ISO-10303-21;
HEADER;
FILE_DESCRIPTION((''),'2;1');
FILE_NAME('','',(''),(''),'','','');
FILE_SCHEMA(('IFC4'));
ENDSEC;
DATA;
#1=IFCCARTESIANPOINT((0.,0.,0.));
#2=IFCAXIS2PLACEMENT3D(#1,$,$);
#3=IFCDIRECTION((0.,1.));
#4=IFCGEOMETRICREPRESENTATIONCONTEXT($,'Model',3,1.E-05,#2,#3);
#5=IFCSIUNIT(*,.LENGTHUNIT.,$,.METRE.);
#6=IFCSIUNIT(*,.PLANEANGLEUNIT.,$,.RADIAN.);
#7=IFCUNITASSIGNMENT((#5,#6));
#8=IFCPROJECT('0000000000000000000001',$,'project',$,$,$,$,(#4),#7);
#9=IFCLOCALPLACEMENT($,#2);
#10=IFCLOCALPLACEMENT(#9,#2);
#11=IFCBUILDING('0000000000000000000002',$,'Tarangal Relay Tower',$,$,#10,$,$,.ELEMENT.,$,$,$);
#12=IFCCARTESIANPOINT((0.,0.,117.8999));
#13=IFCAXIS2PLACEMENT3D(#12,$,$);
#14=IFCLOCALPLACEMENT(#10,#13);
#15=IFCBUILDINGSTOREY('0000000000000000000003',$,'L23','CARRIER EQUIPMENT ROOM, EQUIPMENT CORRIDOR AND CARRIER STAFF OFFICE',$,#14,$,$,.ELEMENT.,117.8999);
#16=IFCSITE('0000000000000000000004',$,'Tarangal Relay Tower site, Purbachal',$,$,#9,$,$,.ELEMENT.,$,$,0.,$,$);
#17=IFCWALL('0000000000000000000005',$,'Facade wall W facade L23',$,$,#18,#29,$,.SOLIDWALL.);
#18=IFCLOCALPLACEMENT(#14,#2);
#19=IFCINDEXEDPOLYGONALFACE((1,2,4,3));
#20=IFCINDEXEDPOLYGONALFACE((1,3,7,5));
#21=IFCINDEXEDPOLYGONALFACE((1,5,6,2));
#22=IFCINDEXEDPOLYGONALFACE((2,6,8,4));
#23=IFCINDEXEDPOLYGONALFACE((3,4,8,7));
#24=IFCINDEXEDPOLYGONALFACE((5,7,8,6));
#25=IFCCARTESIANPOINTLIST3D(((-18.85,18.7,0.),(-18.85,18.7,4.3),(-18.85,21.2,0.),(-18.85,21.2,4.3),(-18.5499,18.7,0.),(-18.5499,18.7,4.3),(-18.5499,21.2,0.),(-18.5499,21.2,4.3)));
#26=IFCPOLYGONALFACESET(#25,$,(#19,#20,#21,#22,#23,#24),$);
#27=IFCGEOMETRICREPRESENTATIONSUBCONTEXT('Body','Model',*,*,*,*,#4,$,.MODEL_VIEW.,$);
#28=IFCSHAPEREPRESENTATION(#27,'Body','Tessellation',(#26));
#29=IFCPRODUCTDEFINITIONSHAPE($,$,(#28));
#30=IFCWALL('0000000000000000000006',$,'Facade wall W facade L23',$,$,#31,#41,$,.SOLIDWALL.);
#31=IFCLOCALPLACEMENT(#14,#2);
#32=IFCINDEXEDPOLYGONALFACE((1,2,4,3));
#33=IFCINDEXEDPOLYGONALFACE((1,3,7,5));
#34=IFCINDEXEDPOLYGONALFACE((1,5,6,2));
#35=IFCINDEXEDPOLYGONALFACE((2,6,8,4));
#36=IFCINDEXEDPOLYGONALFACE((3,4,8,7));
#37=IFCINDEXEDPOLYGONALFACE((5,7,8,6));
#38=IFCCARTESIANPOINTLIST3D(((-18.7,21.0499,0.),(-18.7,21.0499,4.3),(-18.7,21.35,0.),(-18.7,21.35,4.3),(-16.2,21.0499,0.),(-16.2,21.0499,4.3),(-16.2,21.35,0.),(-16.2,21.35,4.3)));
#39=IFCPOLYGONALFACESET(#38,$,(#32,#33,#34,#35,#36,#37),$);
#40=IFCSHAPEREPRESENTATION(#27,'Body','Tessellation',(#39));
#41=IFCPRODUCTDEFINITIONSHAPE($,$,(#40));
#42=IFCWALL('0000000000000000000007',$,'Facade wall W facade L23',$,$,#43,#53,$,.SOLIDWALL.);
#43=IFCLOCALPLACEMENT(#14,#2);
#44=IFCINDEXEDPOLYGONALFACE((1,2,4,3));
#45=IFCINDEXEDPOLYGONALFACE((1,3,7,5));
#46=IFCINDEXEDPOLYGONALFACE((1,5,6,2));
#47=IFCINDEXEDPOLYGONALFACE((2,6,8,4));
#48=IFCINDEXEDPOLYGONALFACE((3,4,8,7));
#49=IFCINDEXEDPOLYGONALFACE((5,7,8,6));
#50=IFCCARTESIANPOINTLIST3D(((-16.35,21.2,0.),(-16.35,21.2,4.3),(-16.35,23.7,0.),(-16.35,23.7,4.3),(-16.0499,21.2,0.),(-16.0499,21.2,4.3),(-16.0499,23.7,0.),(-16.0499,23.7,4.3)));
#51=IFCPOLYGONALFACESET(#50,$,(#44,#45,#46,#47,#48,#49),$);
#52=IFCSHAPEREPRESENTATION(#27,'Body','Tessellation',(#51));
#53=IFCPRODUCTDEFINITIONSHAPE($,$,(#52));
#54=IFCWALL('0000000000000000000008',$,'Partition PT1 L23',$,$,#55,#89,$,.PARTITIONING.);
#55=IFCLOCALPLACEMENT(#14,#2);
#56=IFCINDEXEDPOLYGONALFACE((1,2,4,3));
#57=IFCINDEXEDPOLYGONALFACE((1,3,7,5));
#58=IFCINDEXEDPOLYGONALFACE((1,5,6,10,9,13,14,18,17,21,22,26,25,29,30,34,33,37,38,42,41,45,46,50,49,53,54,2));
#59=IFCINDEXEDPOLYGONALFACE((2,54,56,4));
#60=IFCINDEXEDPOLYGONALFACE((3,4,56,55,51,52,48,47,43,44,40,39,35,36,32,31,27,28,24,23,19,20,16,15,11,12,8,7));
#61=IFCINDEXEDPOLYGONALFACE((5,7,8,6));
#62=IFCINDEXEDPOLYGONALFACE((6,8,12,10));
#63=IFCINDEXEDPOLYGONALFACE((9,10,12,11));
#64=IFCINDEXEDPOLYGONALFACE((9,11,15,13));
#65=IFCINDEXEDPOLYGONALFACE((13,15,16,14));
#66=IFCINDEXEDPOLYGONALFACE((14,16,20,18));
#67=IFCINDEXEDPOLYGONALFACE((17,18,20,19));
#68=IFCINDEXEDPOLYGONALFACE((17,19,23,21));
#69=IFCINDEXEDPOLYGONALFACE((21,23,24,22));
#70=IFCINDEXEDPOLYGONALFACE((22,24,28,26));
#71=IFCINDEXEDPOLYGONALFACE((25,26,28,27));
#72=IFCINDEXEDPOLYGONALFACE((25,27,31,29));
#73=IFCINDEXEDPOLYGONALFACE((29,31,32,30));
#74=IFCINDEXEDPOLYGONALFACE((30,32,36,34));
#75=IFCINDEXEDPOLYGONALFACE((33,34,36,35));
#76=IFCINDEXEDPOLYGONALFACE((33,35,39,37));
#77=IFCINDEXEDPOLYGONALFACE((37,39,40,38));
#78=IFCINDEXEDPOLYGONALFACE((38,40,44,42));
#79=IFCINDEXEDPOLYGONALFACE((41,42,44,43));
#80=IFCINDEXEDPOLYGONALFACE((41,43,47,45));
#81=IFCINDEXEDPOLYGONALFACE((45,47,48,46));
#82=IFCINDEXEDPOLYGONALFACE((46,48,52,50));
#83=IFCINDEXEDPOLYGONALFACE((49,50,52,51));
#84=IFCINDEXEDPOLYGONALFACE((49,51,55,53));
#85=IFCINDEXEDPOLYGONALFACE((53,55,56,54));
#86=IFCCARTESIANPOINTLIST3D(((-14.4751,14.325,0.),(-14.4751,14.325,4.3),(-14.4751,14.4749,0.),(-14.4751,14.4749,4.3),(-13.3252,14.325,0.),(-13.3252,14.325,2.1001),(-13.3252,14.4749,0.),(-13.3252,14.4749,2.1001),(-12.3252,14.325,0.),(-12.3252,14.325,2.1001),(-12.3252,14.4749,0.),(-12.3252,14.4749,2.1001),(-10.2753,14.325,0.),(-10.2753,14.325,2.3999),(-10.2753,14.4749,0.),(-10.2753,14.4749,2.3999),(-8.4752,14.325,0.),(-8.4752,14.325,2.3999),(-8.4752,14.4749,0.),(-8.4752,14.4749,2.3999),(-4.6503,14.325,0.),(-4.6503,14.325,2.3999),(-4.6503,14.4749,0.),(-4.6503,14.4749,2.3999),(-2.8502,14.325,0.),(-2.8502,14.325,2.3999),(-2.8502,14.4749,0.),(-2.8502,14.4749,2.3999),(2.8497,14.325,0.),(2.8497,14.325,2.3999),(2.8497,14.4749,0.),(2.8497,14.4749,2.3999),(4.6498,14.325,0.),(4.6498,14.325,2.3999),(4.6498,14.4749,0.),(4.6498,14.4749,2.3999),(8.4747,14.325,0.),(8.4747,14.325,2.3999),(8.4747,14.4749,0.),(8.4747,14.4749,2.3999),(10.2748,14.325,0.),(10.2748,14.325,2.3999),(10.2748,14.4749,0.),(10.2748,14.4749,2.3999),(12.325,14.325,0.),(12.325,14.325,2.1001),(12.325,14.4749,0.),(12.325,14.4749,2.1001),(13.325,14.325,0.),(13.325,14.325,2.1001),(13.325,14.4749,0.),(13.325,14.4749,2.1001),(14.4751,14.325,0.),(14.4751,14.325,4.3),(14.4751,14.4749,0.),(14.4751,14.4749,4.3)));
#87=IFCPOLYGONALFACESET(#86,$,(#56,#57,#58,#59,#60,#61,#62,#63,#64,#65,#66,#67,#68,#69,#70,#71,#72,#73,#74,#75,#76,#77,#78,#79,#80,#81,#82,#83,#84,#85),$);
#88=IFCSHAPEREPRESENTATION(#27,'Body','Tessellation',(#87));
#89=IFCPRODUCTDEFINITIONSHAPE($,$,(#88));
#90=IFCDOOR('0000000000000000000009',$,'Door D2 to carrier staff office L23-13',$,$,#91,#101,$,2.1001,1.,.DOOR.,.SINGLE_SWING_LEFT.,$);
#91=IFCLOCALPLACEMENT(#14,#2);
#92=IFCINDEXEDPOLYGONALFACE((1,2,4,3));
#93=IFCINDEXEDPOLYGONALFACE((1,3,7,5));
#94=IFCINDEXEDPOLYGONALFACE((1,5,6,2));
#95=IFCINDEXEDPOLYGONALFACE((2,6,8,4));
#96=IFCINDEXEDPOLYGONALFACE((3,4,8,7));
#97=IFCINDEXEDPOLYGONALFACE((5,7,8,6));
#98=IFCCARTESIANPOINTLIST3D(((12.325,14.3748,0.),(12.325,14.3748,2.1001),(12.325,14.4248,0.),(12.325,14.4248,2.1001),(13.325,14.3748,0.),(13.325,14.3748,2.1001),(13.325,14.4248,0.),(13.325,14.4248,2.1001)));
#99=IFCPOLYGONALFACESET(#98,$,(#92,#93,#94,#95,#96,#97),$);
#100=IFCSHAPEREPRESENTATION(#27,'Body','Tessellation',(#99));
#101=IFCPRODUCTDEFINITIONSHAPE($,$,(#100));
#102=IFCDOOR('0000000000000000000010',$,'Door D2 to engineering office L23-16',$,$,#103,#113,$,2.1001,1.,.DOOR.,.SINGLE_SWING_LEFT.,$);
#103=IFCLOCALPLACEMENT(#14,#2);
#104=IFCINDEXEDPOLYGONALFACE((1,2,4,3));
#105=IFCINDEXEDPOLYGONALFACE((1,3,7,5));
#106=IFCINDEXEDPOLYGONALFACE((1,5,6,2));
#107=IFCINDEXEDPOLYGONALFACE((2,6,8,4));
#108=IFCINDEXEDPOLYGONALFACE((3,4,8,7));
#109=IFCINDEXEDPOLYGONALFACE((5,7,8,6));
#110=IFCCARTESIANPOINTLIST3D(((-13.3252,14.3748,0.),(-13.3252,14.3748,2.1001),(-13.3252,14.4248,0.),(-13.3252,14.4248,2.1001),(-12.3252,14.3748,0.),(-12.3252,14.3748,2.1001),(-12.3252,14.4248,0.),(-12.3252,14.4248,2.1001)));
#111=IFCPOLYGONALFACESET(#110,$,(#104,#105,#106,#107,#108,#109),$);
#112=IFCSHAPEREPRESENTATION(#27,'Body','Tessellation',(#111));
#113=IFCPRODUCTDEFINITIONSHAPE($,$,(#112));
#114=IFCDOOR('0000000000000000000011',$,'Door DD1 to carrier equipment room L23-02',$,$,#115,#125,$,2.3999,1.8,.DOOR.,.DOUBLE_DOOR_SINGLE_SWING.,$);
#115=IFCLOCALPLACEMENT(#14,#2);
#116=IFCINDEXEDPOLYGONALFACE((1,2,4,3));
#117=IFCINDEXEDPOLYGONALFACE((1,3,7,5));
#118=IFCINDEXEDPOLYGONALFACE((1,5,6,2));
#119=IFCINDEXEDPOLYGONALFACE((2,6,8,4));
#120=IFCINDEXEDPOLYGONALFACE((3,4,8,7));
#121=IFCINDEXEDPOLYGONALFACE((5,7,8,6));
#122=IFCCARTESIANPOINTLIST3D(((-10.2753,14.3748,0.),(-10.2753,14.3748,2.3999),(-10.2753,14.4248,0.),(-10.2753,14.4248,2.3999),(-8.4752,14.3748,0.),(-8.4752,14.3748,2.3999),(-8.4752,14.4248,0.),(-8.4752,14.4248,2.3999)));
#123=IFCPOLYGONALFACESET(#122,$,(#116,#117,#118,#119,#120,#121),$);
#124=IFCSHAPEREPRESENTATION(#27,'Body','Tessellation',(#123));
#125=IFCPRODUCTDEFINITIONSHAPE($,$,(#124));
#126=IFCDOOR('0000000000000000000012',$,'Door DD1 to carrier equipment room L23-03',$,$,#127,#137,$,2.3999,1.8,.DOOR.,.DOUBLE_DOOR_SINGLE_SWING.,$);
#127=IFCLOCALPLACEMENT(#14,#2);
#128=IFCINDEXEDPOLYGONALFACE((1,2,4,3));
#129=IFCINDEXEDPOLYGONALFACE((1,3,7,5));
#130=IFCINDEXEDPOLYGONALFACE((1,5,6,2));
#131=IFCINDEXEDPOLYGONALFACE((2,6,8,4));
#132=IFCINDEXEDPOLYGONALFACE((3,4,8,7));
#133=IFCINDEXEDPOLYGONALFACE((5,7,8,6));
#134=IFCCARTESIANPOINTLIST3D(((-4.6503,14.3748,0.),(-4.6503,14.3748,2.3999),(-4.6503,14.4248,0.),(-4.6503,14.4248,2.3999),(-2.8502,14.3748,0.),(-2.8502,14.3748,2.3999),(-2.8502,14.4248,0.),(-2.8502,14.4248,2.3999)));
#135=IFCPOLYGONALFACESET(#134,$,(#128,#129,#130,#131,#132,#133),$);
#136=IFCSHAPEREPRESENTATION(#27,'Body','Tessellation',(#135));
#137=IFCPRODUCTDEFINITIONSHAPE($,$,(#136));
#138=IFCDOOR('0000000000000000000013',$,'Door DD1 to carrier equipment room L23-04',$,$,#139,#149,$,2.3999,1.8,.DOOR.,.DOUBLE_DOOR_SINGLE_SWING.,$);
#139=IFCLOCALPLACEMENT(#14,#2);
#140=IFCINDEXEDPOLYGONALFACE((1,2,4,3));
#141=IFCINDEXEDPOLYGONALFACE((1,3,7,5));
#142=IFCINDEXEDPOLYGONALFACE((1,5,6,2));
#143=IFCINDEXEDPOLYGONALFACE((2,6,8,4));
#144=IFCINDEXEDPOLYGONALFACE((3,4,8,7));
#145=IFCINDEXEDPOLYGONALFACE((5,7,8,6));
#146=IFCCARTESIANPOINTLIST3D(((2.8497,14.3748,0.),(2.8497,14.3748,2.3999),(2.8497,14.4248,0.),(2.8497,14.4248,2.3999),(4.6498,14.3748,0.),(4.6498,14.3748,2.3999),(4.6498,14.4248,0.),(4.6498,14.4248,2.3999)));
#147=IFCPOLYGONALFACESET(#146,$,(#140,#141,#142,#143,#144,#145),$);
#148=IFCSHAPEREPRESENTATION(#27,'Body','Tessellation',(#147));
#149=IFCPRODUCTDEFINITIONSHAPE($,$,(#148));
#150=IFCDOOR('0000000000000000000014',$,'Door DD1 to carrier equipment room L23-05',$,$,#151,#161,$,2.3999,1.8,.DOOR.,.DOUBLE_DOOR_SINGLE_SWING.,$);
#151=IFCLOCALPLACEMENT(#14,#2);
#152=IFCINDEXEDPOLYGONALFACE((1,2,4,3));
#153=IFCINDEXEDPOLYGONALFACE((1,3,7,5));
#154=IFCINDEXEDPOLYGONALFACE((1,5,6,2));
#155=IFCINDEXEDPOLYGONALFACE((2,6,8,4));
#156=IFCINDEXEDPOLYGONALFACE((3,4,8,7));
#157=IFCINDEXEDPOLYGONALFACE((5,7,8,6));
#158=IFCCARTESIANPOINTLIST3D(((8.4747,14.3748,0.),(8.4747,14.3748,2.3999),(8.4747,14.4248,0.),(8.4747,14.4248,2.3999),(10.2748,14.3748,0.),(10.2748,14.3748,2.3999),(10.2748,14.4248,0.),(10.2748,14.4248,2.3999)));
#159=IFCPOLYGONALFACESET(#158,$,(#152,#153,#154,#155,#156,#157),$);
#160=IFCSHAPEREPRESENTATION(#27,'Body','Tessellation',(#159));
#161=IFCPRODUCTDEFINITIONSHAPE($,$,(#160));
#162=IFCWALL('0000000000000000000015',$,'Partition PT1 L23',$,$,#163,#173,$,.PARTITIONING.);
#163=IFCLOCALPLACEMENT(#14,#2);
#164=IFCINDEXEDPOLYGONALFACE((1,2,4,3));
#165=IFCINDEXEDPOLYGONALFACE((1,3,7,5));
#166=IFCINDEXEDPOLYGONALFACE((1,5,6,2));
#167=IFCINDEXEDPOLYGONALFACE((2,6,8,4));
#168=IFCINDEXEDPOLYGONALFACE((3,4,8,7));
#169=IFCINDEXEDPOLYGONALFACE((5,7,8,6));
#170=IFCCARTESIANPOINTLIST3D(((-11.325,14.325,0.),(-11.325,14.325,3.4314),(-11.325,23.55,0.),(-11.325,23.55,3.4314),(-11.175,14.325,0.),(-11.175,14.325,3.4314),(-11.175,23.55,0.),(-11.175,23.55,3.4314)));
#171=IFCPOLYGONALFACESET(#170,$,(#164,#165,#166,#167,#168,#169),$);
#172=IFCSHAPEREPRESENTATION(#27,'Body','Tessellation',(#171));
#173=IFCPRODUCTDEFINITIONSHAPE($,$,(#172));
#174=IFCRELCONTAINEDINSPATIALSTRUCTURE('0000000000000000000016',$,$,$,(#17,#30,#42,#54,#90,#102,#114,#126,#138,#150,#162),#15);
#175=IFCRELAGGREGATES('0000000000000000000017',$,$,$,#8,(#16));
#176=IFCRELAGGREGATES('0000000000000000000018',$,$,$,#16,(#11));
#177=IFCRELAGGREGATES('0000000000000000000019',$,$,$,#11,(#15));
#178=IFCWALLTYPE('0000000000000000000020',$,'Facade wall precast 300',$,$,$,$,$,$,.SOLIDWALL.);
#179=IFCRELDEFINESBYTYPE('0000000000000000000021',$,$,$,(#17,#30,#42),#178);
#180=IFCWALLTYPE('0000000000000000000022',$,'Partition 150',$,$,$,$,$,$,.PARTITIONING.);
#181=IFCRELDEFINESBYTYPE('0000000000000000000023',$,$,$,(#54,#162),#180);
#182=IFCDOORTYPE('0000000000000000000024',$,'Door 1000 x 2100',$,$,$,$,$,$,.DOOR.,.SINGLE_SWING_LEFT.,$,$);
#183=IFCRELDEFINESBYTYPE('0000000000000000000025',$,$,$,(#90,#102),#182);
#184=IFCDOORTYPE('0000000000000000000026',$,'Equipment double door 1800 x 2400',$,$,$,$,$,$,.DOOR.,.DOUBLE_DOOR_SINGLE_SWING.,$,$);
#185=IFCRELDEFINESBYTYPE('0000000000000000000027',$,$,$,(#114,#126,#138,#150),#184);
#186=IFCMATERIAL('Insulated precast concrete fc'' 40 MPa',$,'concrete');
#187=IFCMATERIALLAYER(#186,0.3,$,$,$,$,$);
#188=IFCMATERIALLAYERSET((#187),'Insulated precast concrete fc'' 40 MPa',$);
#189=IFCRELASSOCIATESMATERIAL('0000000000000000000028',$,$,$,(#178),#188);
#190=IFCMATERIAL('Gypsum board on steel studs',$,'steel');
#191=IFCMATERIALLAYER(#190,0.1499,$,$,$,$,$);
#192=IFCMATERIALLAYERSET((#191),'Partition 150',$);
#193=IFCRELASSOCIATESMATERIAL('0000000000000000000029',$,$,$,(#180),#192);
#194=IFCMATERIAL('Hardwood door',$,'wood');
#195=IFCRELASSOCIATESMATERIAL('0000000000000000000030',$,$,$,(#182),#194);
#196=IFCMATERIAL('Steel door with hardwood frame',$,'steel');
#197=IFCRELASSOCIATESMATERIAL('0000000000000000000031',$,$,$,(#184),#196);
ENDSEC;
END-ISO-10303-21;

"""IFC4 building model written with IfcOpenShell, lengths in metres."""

from ifc_helpers import new_model, si_unit, direction, frame, frame_2d, origin, place, context, subcontext, project, spatial, rectangle, extrude, material, layer, layer_set, type_object, element, fill, save


model = new_model("IFC4")

# Units and contexts
model_context = context("Model", 3, precision=1e-05, world=origin(), true_north=direction((0.0, 1.0)))
body_context = subcontext(model_context, "Body", "Model", "MODEL_VIEW")
ifc_project = project(units=[si_unit("LENGTHUNIT", "METRE"), si_unit("PLANEANGLEUNIT", "RADIAN")], contexts=[model_context])

# Site, building, storey
site_placement = place(None, origin())
site = spatial("IfcSite", under=ifc_project, at=site_placement, Name="Tarangal Relay Tower site, Purbachal", CompositionType="ELEMENT", RefElevation=0.0)
building_placement = place(site_placement, origin())
building = spatial("IfcBuilding", under=site, at=building_placement, Name="Tarangal Relay Tower", CompositionType="ELEMENT")
storey_placement = place(building_placement, frame((0.0, 0.0, 117.8999)))
storey = spatial("IfcBuildingStorey", under=building, at=storey_placement, Name="L23", Description="CARRIER EQUIPMENT ROOM, EQUIPMENT CORRIDOR AND CARRIER STAFF OFFICE", CompositionType="ELEMENT", Elevation=117.8999)

# Shared definitions
ifc_material_1 = material(Name="Insulated precast concrete fc' 40 MPa", Category="concrete")
ifc_layer_1 = layer(ifc_material_1, 0.3)
ifc_layer_set_1 = layer_set([ifc_layer_1], Name="Insulated precast concrete fc' 40 MPa")
wall_type_1 = type_object("IfcWallType", Name="Facade wall precast 300", PredefinedType="SOLIDWALL", material=ifc_layer_set_1)

# Walls
for number, where, z_axis, x_axis, name in (
    (1, (-18.7, 18.7, 0.0), (0.0, 0.0, 1.0), (0.0, 1.0, 0.0), "Facade wall W facade L23"),
    (2, (-18.7, 21.2, 0.0), (0.0, 0.0, 1.0), (1.0, 0.0, 0.0), "Facade wall W facade L23"),
    (3, (-16.2, 21.2, 0.0), (0.0, 0.0, 1.0), (0.0, 1.0, 0.0), "Facade wall W facade L23"),
):
    element("IfcWall", number, at=place(storey_placement, frame(where, z_axis=z_axis, x_axis=x_axis)), inside=storey, type_object=wall_type_1, Name=name, PredefinedType="SOLIDWALL", context=body_context, shape_type="SweptSolid", body=[
        extrude(rectangle(XDim=2.5, YDim=0.3, at=frame_2d((1.25, 0.0))), origin(), (0.0, 0.0, 1.0), 4.3),
    ])

# Wall, openings, doors
ifc_material_2 = material(Name="Gypsum board on steel studs", Category="steel")
ifc_layer_2 = layer(ifc_material_2, 0.1499)
ifc_layer_set_2 = layer_set([ifc_layer_2], Name="Partition 150")
wall_type_2 = type_object("IfcWallType", Name="Partition 150", PredefinedType="PARTITIONING", material=ifc_layer_set_2)
wall_1_placement = place(storey_placement, frame((-14.4751, 14.3999, 0.0), z_axis=(0.0, 0.0, 1.0), x_axis=(1.0, 0.0, 0.0)))
wall_1 = element("IfcWall", 4, at=wall_1_placement, inside=storey, type_object=wall_type_2, Name="Partition PT1 L23", PredefinedType="PARTITIONING", context=body_context, shape_type="SweptSolid", body=[
    extrude(rectangle(XDim=28.9502, YDim=0.1499, at=frame_2d((14.4751, 0.0))), origin(), (0.0, 0.0, 1.0), 4.3),
])
opening_1_placement = place(wall_1_placement, frame((4.2, 0.0, 0.0)))
opening_1 = element("IfcOpeningElement", 5, at=opening_1_placement, cuts=wall_1, PredefinedType="OPENING", context=body_context, shape_type="SweptSolid", body=[
    extrude(rectangle(XDim=1.8, YDim=2.3999, at=frame_2d((0.8999, 1.2))), frame((0.0, 0.085, 0.0), z_axis=(0.0, -1.0, 0.0), x_axis=(1.0, 0.0, 0.0)), (0.0, 0.0, 1.0), 0.1699),
])
opening_2_placement = place(wall_1_placement, frame((9.825, 0.0, 0.0)))
opening_2 = element("IfcOpeningElement", 6, at=opening_2_placement, cuts=wall_1, PredefinedType="OPENING", context=body_context, shape_type="SweptSolid", body=[
    extrude(rectangle(XDim=1.8, YDim=2.3999, at=frame_2d((0.8999, 1.2))), frame((0.0, 0.085, 0.0), z_axis=(0.0, -1.0, 0.0), x_axis=(1.0, 0.0, 0.0)), (0.0, 0.0, 1.0), 0.1699),
])
opening_3_placement = place(wall_1_placement, frame((17.325, 0.0, 0.0)))
opening_3 = element("IfcOpeningElement", 7, at=opening_3_placement, cuts=wall_1, PredefinedType="OPENING", context=body_context, shape_type="SweptSolid", body=[
    extrude(rectangle(XDim=1.8, YDim=2.3999, at=frame_2d((0.8999, 1.2))), frame((0.0, 0.085, 0.0), z_axis=(0.0, -1.0, 0.0), x_axis=(1.0, 0.0, 0.0)), (0.0, 0.0, 1.0), 0.1699),
])
opening_4_placement = place(wall_1_placement, frame((22.95, 0.0, 0.0)))
opening_4 = element("IfcOpeningElement", 8, at=opening_4_placement, cuts=wall_1, PredefinedType="OPENING", context=body_context, shape_type="SweptSolid", body=[
    extrude(rectangle(XDim=1.8, YDim=2.3999, at=frame_2d((0.8999, 1.2))), frame((0.0, 0.085, 0.0), z_axis=(0.0, -1.0, 0.0), x_axis=(1.0, 0.0, 0.0)), (0.0, 0.0, 1.0), 0.1699),
])
opening_5_placement = place(wall_1_placement, frame((26.8, 0.0, 0.0)))
opening_5 = element("IfcOpeningElement", 9, at=opening_5_placement, cuts=wall_1, PredefinedType="OPENING", context=body_context, shape_type="SweptSolid", body=[
    extrude(rectangle(XDim=1.0, YDim=2.1001, at=frame_2d((0.5, 1.05))), frame((0.0, 0.085, 0.0), z_axis=(0.0, -1.0, 0.0), x_axis=(1.0, 0.0, 0.0)), (0.0, 0.0, 1.0), 0.1699),
])
opening_6_placement = place(wall_1_placement, frame((1.1499, 0.0, 0.0)))
opening_6 = element("IfcOpeningElement", 10, at=opening_6_placement, cuts=wall_1, PredefinedType="OPENING", context=body_context, shape_type="SweptSolid", body=[
    extrude(rectangle(XDim=1.0, YDim=2.1001, at=frame_2d((0.5, 1.05))), frame((0.0, 0.085, 0.0), z_axis=(0.0, -1.0, 0.0), x_axis=(1.0, 0.0, 0.0)), (0.0, 0.0, 1.0), 0.1699),
])
ifc_material_3 = material(Name="Hardwood door", Category="wood")
door_type_1 = type_object("IfcDoorType", Name="Door 1000 x 2100", OperationType="SINGLE_SWING_LEFT", PredefinedType="DOOR", material=ifc_material_3)
door_1_placement = place(opening_5_placement, origin())
door_1 = element("IfcDoor", 11, at=door_1_placement, inside=storey, type_object=door_type_1, Name="Door D2 to carrier staff office L23-13", OperationType="SINGLE_SWING_LEFT", OverallHeight=2.1001, OverallWidth=1.0, PredefinedType="DOOR", context=body_context, shape_type="SweptSolid", body=[
    extrude(rectangle(XDim=1.0, YDim=2.1001, at=frame_2d((0.5, 1.05))), frame((0.0, 0.0249, 0.0), z_axis=(0.0, -1.0, 0.0), x_axis=(1.0, 0.0, 0.0)), (0.0, 0.0, 1.0), 0.05),
])
fill(opening_5, door_1)
door_2_placement = place(opening_6_placement, origin())
door_2 = element("IfcDoor", 12, at=door_2_placement, inside=storey, type_object=door_type_1, Name="Door D2 to engineering office L23-16", OperationType="SINGLE_SWING_LEFT", OverallHeight=2.1001, OverallWidth=1.0, PredefinedType="DOOR", context=body_context, shape_type="SweptSolid", body=[
    extrude(rectangle(XDim=1.0, YDim=2.1001, at=frame_2d((0.5, 1.05))), frame((0.0, 0.0249, 0.0), z_axis=(0.0, -1.0, 0.0), x_axis=(1.0, 0.0, 0.0)), (0.0, 0.0, 1.0), 0.05),
])
fill(opening_6, door_2)
ifc_material_4 = material(Name="Steel door with hardwood frame", Category="steel")
door_type_2 = type_object("IfcDoorType", Name="Equipment double door 1800 x 2400", OperationType="DOUBLE_DOOR_SINGLE_SWING", PredefinedType="DOOR", material=ifc_material_4)
door_3_placement = place(opening_1_placement, origin())
door_3 = element("IfcDoor", 13, at=door_3_placement, inside=storey, type_object=door_type_2, Name="Door DD1 to carrier equipment room L23-02", OperationType="DOUBLE_DOOR_SINGLE_SWING", OverallHeight=2.3999, OverallWidth=1.8, PredefinedType="DOOR", context=body_context, shape_type="SweptSolid", body=[
    extrude(rectangle(XDim=1.8, YDim=2.3999, at=frame_2d((0.8999, 1.2))), frame((0.0, 0.0249, 0.0), z_axis=(0.0, -1.0, 0.0), x_axis=(1.0, 0.0, 0.0)), (0.0, 0.0, 1.0), 0.05),
])
fill(opening_1, door_3)
door_4_placement = place(opening_2_placement, origin())
door_4 = element("IfcDoor", 14, at=door_4_placement, inside=storey, type_object=door_type_2, Name="Door DD1 to carrier equipment room L23-03", OperationType="DOUBLE_DOOR_SINGLE_SWING", OverallHeight=2.3999, OverallWidth=1.8, PredefinedType="DOOR", context=body_context, shape_type="SweptSolid", body=[
    extrude(rectangle(XDim=1.8, YDim=2.3999, at=frame_2d((0.8999, 1.2))), frame((0.0, 0.0249, 0.0), z_axis=(0.0, -1.0, 0.0), x_axis=(1.0, 0.0, 0.0)), (0.0, 0.0, 1.0), 0.05),
])
fill(opening_2, door_4)
door_5_placement = place(opening_3_placement, origin())
door_5 = element("IfcDoor", 15, at=door_5_placement, inside=storey, type_object=door_type_2, Name="Door DD1 to carrier equipment room L23-04", OperationType="DOUBLE_DOOR_SINGLE_SWING", OverallHeight=2.3999, OverallWidth=1.8, PredefinedType="DOOR", context=body_context, shape_type="SweptSolid", body=[
    extrude(rectangle(XDim=1.8, YDim=2.3999, at=frame_2d((0.8999, 1.2))), frame((0.0, 0.0249, 0.0), z_axis=(0.0, -1.0, 0.0), x_axis=(1.0, 0.0, 0.0)), (0.0, 0.0, 1.0), 0.05),
])
fill(opening_3, door_5)
door_6_placement = place(opening_4_placement, origin())
door_6 = element("IfcDoor", 16, at=door_6_placement, inside=storey, type_object=door_type_2, Name="Door DD1 to carrier equipment room L23-05", OperationType="DOUBLE_DOOR_SINGLE_SWING", OverallHeight=2.3999, OverallWidth=1.8, PredefinedType="DOOR", context=body_context, shape_type="SweptSolid", body=[
    extrude(rectangle(XDim=1.8, YDim=2.3999, at=frame_2d((0.8999, 1.2))), frame((0.0, 0.0249, 0.0), z_axis=(0.0, -1.0, 0.0), x_axis=(1.0, 0.0, 0.0)), (0.0, 0.0, 1.0), 0.05),
])
fill(opening_4, door_6)

# Wall
wall_2_placement = place(storey_placement, frame((-11.25, 14.325, 0.0), z_axis=(0.0, 0.0, 1.0), x_axis=(0.0, 1.0, 0.0)))
element("IfcWall", 17, at=wall_2_placement, inside=storey, type_object=wall_type_2, Name="Partition PT1 L23", PredefinedType="PARTITIONING", context=body_context, shape_type="SweptSolid", body=[
    extrude(rectangle(XDim=9.2251, YDim=0.1499, at=frame_2d((4.6125, 0.0))), origin(), (0.0, 0.0, 1.0), 3.4314),
])

save(model, "model.ifc")
